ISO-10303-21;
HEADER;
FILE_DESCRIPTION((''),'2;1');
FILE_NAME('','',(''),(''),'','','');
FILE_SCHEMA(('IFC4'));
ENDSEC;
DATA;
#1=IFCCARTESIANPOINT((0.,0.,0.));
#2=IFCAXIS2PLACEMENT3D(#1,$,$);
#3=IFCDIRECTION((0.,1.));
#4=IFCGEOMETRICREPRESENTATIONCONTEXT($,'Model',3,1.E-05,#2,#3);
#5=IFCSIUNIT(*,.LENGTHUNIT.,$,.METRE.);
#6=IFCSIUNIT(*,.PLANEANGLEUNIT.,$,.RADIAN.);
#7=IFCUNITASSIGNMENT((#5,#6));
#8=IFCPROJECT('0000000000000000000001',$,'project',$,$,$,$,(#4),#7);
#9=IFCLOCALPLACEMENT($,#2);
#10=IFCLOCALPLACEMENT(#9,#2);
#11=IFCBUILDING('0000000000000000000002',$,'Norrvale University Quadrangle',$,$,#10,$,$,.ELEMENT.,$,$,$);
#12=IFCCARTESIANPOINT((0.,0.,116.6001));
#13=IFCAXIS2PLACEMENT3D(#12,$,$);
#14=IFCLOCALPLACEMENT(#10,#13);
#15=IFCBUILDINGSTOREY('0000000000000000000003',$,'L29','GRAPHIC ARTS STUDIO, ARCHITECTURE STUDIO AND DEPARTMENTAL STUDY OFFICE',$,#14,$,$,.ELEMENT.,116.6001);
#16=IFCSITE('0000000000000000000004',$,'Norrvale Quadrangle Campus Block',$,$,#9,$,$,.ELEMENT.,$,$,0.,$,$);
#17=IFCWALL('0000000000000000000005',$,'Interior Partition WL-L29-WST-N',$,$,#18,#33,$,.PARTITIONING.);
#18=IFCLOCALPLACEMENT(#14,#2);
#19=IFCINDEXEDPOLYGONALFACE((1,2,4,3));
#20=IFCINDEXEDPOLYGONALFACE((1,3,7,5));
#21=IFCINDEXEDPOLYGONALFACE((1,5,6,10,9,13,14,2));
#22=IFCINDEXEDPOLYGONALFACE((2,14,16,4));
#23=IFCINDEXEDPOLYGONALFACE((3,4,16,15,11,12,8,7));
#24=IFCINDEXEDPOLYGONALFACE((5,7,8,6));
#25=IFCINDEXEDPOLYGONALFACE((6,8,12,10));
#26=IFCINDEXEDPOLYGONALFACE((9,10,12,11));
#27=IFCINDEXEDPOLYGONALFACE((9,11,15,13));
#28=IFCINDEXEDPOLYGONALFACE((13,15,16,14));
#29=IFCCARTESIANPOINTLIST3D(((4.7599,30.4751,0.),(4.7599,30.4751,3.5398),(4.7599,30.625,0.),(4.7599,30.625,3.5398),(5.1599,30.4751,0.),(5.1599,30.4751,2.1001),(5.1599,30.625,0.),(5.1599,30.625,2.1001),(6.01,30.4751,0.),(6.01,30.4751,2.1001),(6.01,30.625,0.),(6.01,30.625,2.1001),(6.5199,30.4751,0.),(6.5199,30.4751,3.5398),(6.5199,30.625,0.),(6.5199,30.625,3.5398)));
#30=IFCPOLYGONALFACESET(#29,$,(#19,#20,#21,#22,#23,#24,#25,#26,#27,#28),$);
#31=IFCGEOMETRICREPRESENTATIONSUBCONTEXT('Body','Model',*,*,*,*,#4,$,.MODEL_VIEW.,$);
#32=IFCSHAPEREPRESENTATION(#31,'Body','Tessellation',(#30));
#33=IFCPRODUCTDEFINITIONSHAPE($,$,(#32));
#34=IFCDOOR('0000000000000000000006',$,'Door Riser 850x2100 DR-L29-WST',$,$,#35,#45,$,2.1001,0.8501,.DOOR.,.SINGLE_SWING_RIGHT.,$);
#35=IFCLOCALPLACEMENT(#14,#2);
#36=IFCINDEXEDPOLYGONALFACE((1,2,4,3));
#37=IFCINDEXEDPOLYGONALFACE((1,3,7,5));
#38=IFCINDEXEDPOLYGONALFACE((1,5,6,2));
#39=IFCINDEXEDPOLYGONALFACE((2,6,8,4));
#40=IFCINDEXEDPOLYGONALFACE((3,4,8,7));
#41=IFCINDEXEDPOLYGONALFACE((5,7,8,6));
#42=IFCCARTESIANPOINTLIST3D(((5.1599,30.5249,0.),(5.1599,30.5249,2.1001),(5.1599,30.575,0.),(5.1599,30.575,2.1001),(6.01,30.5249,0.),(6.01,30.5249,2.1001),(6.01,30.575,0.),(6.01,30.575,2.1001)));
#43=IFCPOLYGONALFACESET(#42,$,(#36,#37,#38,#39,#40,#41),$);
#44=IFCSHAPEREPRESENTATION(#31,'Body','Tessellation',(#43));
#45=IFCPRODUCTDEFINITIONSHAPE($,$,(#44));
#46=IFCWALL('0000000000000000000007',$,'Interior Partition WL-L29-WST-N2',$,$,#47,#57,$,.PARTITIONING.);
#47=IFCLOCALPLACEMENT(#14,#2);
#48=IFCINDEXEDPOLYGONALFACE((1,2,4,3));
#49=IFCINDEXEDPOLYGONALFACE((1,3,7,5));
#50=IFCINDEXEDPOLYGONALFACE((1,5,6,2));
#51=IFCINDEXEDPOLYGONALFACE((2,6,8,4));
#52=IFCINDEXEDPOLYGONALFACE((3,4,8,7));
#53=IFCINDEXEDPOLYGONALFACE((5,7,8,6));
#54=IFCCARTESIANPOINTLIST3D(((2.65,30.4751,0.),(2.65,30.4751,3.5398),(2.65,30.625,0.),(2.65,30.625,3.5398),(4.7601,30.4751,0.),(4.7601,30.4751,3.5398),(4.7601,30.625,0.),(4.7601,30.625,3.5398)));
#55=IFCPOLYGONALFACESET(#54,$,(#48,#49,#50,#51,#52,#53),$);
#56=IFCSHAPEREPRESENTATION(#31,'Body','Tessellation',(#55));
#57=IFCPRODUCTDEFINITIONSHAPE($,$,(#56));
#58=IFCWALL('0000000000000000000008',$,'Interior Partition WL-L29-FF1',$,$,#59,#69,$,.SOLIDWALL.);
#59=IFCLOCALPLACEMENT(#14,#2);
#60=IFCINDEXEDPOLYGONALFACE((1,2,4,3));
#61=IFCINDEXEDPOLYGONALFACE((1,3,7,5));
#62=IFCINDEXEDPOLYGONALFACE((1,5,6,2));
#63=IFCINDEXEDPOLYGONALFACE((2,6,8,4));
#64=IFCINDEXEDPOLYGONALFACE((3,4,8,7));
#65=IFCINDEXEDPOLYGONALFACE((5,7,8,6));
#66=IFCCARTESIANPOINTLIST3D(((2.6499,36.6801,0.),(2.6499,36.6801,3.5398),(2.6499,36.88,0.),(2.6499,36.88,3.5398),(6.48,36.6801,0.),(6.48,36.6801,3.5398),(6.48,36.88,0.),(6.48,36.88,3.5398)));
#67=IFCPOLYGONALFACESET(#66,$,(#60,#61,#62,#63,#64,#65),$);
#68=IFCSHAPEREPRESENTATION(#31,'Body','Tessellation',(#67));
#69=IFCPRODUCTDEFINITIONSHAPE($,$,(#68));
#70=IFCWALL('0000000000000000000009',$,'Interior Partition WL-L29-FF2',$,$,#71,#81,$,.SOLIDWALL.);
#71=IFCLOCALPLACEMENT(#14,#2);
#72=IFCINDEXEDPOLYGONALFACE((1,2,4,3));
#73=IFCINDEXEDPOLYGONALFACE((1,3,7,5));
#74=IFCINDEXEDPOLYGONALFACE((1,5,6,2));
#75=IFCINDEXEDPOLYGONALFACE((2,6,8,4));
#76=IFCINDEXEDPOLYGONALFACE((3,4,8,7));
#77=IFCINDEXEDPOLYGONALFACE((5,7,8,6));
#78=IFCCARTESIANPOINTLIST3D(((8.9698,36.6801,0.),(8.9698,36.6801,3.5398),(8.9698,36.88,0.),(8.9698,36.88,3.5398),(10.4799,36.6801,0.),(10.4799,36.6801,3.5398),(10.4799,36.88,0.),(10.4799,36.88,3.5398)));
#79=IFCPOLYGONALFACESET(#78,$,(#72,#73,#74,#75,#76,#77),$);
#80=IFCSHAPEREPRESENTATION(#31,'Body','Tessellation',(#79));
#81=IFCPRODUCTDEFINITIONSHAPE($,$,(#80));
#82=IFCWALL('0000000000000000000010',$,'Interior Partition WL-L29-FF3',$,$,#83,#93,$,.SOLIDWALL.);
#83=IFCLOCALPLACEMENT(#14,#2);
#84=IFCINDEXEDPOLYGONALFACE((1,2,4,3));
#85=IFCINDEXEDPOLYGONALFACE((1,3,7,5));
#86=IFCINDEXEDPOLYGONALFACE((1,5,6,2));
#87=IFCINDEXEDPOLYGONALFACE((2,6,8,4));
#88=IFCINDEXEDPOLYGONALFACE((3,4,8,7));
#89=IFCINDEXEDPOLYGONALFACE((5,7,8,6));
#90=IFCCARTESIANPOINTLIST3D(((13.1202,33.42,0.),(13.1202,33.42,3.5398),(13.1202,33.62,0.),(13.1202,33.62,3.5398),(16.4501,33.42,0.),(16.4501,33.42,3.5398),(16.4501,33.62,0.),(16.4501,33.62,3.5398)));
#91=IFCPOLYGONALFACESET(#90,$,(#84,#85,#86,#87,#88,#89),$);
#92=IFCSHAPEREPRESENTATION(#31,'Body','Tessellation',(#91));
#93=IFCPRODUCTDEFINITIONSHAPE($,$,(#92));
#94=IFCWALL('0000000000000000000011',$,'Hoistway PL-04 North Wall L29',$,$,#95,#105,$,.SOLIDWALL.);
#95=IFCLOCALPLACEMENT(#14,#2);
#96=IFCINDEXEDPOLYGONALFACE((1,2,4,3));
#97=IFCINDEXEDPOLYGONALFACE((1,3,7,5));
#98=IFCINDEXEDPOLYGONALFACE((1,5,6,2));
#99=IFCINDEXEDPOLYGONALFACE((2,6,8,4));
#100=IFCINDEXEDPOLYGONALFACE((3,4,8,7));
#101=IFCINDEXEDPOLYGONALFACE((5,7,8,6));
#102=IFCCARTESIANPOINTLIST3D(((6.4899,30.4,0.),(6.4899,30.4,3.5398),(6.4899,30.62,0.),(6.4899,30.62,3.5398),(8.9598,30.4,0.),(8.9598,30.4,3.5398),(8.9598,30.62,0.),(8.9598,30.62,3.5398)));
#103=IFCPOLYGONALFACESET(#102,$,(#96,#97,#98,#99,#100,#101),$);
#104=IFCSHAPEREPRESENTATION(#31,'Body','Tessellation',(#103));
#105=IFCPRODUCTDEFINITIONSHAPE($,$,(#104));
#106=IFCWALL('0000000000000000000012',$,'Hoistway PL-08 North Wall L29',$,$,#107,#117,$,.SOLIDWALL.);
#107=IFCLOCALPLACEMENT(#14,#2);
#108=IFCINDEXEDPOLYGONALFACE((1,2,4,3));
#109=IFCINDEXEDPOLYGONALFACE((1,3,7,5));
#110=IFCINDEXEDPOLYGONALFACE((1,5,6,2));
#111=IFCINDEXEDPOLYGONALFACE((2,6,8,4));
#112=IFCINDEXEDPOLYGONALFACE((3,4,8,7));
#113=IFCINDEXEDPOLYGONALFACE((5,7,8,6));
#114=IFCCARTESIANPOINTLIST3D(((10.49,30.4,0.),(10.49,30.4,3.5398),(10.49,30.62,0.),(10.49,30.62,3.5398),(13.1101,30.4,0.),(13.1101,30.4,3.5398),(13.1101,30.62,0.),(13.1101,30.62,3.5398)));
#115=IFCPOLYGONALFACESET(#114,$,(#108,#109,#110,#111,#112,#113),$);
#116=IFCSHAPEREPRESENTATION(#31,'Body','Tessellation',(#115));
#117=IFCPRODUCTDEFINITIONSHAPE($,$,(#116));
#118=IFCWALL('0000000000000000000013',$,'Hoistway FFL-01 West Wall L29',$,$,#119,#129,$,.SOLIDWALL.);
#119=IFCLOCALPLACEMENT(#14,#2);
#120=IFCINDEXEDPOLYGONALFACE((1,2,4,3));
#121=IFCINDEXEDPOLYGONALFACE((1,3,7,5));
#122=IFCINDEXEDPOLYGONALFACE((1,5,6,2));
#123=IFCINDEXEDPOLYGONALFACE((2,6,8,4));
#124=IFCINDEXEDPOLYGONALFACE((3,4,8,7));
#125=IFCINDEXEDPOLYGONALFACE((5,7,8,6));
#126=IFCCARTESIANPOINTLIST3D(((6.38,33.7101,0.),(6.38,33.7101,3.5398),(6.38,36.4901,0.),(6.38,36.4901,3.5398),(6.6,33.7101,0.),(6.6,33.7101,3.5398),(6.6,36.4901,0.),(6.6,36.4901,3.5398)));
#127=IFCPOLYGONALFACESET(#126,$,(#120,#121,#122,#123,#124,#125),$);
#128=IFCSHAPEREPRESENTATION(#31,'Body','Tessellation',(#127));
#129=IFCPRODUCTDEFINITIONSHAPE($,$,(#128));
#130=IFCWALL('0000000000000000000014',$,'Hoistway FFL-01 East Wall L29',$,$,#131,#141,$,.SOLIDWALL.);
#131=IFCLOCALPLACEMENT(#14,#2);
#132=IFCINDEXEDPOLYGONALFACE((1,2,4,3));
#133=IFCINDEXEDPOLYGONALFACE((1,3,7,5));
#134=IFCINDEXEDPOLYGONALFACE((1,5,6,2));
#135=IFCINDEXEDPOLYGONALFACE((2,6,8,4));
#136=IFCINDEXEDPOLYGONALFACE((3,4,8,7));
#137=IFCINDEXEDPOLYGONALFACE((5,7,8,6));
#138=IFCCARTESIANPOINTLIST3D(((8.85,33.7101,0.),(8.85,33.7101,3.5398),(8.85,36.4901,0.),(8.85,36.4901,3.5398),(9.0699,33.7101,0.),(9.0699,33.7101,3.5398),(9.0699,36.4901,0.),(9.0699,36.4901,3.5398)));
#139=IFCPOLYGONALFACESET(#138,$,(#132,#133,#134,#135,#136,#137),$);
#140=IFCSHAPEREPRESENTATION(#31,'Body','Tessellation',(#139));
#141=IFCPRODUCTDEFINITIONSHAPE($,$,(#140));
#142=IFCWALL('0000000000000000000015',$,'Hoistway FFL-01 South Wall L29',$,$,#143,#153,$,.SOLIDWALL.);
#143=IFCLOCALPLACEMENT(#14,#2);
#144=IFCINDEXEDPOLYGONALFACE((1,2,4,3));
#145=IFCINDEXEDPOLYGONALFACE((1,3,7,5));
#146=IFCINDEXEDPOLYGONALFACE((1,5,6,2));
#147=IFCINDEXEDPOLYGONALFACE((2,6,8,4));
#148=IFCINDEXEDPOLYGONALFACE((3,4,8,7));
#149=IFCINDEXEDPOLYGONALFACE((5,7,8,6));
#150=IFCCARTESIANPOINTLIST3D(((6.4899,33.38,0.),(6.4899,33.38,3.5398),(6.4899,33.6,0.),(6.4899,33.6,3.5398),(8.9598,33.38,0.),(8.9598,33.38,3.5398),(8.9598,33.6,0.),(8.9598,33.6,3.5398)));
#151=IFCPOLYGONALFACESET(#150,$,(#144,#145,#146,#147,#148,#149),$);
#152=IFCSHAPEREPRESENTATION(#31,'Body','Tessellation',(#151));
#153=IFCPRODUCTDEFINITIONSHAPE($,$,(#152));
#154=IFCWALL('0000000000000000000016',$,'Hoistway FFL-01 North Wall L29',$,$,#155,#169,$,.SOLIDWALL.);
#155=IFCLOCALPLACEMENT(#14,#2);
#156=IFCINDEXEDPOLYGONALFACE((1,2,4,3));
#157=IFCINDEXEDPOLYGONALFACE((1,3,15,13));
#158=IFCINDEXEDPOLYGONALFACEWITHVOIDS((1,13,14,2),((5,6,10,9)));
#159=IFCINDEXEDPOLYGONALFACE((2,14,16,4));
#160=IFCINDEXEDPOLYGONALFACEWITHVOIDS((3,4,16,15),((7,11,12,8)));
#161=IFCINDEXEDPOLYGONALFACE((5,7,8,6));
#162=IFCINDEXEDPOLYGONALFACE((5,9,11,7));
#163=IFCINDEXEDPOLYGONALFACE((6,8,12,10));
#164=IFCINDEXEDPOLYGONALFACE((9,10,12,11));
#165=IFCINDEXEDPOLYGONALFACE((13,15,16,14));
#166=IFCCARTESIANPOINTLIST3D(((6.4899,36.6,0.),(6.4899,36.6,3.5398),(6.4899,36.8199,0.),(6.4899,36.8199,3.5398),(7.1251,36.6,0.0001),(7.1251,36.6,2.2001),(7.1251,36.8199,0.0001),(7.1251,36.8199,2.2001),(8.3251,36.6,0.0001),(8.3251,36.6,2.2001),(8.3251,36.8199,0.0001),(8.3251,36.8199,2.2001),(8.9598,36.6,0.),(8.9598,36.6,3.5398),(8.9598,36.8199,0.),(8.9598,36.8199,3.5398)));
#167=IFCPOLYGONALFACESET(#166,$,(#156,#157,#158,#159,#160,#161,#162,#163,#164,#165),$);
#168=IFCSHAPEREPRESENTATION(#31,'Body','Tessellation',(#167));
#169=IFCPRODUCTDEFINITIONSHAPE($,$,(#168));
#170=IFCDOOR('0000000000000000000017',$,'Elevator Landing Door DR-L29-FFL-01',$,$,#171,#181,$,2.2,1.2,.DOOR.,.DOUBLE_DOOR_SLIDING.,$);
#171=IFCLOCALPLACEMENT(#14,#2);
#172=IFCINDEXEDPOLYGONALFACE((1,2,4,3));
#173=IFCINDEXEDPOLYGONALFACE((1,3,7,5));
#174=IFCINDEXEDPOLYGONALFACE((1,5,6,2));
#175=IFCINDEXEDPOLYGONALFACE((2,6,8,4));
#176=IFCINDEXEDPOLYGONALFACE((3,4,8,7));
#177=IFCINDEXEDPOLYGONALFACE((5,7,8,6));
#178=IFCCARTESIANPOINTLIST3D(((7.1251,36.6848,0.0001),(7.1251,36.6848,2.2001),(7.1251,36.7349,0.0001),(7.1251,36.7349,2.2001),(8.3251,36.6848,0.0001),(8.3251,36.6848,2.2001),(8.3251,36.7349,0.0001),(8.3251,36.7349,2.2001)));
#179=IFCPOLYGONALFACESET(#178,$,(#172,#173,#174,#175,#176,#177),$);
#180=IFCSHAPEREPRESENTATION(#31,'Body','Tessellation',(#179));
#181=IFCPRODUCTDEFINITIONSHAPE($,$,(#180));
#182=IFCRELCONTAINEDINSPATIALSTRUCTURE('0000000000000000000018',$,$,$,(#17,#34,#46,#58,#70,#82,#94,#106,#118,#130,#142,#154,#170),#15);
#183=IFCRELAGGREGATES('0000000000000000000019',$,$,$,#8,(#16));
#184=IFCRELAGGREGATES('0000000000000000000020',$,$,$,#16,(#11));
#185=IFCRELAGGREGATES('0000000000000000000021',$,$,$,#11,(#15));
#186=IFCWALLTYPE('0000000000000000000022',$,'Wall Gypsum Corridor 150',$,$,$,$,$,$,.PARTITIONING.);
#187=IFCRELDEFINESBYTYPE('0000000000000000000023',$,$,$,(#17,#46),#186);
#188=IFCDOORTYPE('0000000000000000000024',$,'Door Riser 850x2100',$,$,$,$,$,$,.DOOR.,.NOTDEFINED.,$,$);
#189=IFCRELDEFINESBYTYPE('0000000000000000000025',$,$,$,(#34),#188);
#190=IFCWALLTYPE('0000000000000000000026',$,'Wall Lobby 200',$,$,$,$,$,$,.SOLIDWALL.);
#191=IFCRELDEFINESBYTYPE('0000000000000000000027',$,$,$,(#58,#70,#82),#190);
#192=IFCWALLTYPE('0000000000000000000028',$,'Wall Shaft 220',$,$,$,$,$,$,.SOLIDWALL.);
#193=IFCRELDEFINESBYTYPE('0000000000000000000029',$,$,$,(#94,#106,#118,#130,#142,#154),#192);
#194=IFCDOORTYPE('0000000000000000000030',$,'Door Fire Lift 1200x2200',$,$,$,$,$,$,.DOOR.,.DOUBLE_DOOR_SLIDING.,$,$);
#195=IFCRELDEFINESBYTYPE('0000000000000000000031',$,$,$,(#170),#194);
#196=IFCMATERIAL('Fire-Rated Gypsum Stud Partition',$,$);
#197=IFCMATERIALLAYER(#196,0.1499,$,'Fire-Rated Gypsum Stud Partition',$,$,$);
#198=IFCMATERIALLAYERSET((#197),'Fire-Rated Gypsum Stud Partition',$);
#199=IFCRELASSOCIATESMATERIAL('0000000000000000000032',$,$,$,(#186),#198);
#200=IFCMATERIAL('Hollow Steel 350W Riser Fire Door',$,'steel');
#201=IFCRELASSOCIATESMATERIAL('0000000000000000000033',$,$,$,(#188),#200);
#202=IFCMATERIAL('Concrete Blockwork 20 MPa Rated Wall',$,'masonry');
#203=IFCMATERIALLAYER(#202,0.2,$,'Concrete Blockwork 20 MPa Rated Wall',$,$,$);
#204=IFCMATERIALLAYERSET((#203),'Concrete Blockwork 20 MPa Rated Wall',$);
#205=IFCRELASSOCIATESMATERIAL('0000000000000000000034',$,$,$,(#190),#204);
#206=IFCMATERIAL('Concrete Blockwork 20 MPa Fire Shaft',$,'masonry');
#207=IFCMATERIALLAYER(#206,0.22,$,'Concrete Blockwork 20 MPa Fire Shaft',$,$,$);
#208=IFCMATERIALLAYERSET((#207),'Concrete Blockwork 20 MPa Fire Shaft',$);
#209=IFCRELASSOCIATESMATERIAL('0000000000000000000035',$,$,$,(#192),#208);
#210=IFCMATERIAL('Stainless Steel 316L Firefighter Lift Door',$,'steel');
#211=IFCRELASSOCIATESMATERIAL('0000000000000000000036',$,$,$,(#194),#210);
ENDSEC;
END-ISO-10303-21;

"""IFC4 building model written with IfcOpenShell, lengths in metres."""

from ifc_helpers import new_model, si_unit, direction, frame, frame_2d, origin, place, context, subcontext, project, spatial, rectangle, extrude, material, layer, layer_set, type_object, element, fill, save


model = new_model("IFC4")

# Units and contexts
model_context = context("Model", 3, precision=1e-05, world=origin(), true_north=direction((0.0, 1.0)))
body_context = subcontext(model_context, "Body", "Model", "MODEL_VIEW")
ifc_project = project(units=[si_unit("LENGTHUNIT", "METRE"), si_unit("PLANEANGLEUNIT", "RADIAN")], contexts=[model_context])

# Site, building, storey
site_placement = place(None, origin())
site = spatial("IfcSite", under=ifc_project, at=site_placement, Name="Norrvale Quadrangle Campus Block", CompositionType="ELEMENT", RefElevation=0.0)
building_placement = place(site_placement, origin())
building = spatial("IfcBuilding", under=site, at=building_placement, Name="Norrvale University Quadrangle", CompositionType="ELEMENT")
storey_placement = place(building_placement, frame((0.0, 0.0, 116.6001)))
storey = spatial("IfcBuildingStorey", under=building, at=storey_placement, Name="L29", Description="GRAPHIC ARTS STUDIO, ARCHITECTURE STUDIO AND DEPARTMENTAL STUDY OFFICE", CompositionType="ELEMENT", Elevation=116.6001)

# Shared definitions
ifc_material_1 = material(Name="Fire-Rated Gypsum Stud Partition")
ifc_layer_1 = layer(ifc_material_1, 0.1499, Name="Fire-Rated Gypsum Stud Partition")
ifc_layer_set_1 = layer_set([ifc_layer_1], Name="Fire-Rated Gypsum Stud Partition")
wall_type_1 = type_object("IfcWallType", Name="Wall Gypsum Corridor 150", PredefinedType="PARTITIONING", material=ifc_layer_set_1)

# Wall, opening, door
ifc_material_2 = material(Name="Hollow Steel 350W Riser Fire Door", Category="steel")
door_type_1 = type_object("IfcDoorType", Name="Door Riser 850x2100", OperationType="NOTDEFINED", PredefinedType="DOOR", material=ifc_material_2)
wall_1_placement = place(storey_placement, frame((4.76, 30.55, 0.0), z_axis=(0.0, 0.0, 1.0), x_axis=(1.0, 0.0, 0.0)))
wall_1 = element("IfcWall", 1, at=wall_1_placement, inside=storey, type_object=wall_type_1, Name="Interior Partition WL-L29-WST-N", PredefinedType="PARTITIONING", context=body_context, shape_type="SweptSolid", body=[
    extrude(rectangle(XDim=1.76, YDim=0.1499, at=frame_2d((0.8799, 0.0))), origin(), (0.0, 0.0, 1.0), 3.5398),
])
opening_1_placement = place(wall_1_placement, frame((0.3999, 0.0, 0.0)))
opening_1 = element("IfcOpeningElement", 2, at=opening_1_placement, cuts=wall_1, PredefinedType="OPENING", context=body_context, shape_type="SweptSolid", body=[
    extrude(rectangle(XDim=0.8501, YDim=2.1001, at=frame_2d((0.425, 1.05))), frame((0.0, 0.0869, 0.0), z_axis=(0.0, -1.0, 0.0), x_axis=(1.0, 0.0, 0.0)), (0.0, 0.0, 1.0), 0.1738),
])
door_1_placement = place(opening_1_placement, origin())
door_1 = element("IfcDoor", 3, at=door_1_placement, inside=storey, type_object=door_type_1, Name="Door Riser 850x2100 DR-L29-WST", OperationType="SINGLE_SWING_RIGHT", OverallHeight=2.1001, OverallWidth=0.8501, PredefinedType="DOOR", context=body_context, shape_type="SweptSolid", body=[
    extrude(rectangle(XDim=0.8501, YDim=2.1001, at=frame_2d((0.425, 1.05))), frame((0.0, 0.0249, 0.0), z_axis=(0.0, -1.0, 0.0), x_axis=(1.0, 0.0, 0.0)), (0.0, 0.0, 1.0), 0.05),
])
fill(opening_1, door_1)

# Walls
wall_2_placement = place(storey_placement, frame((2.6499, 30.55, 0.0), z_axis=(0.0, 0.0, 1.0), x_axis=(1.0, 0.0, 0.0)))
element("IfcWall", 4, at=wall_2_placement, inside=storey, type_object=wall_type_1, Name="Interior Partition WL-L29-WST-N2", PredefinedType="PARTITIONING", context=body_context, shape_type="SweptSolid", body=[
    extrude(rectangle(XDim=2.1101, YDim=0.1499, at=frame_2d((1.0552, 0.0))), origin(), (0.0, 0.0, 1.0), 3.5398),
])
ifc_material_3 = material(Name="Concrete Blockwork 20 MPa Rated Wall", Category="masonry")
ifc_layer_2 = layer(ifc_material_3, 0.2, Name="Concrete Blockwork 20 MPa Rated Wall")
ifc_layer_set_2 = layer_set([ifc_layer_2], Name="Concrete Blockwork 20 MPa Rated Wall")
wall_type_2 = type_object("IfcWallType", Name="Wall Lobby 200", PredefinedType="SOLIDWALL", material=ifc_layer_set_2)
wall_3_placement = place(storey_placement, frame((2.6499, 36.78, 0.0), z_axis=(0.0, 0.0, 1.0), x_axis=(1.0, 0.0, 0.0)))
element("IfcWall", 5, at=wall_3_placement, inside=storey, type_object=wall_type_2, Name="Interior Partition WL-L29-FF1", PredefinedType="SOLIDWALL", context=body_context, shape_type="SweptSolid", body=[
    extrude(rectangle(XDim=3.8301, YDim=0.2, at=frame_2d((1.915, 0.0))), origin(), (0.0, 0.0, 1.0), 3.5398),
])
wall_4_placement = place(storey_placement, frame((8.97, 36.78, 0.0), z_axis=(0.0, 0.0, 1.0), x_axis=(1.0, 0.0, 0.0)))
element("IfcWall", 6, at=wall_4_placement, inside=storey, type_object=wall_type_2, Name="Interior Partition WL-L29-FF2", PredefinedType="SOLIDWALL", context=body_context, shape_type="SweptSolid", body=[
    extrude(rectangle(XDim=1.51, YDim=0.2, at=frame_2d((0.7549, 0.0))), origin(), (0.0, 0.0, 1.0), 3.5398),
])
wall_5_placement = place(storey_placement, frame((13.1201, 33.52, 0.0), z_axis=(0.0, 0.0, 1.0), x_axis=(1.0, 0.0, 0.0)))
element("IfcWall", 7, at=wall_5_placement, inside=storey, type_object=wall_type_2, Name="Interior Partition WL-L29-FF3", PredefinedType="SOLIDWALL", context=body_context, shape_type="SweptSolid", body=[
    extrude(rectangle(XDim=3.3298, YDim=0.2, at=frame_2d((1.665, 0.0))), origin(), (0.0, 0.0, 1.0), 3.5398),
])
ifc_material_4 = material(Name="Concrete Blockwork 20 MPa Fire Shaft", Category="masonry")
ifc_layer_3 = layer(ifc_material_4, 0.22, Name="Concrete Blockwork 20 MPa Fire Shaft")
ifc_layer_set_3 = layer_set([ifc_layer_3], Name="Concrete Blockwork 20 MPa Fire Shaft")
wall_type_3 = type_object("IfcWallType", Name="Wall Shaft 220", PredefinedType="SOLIDWALL", material=ifc_layer_set_3)
wall_6_placement = place(storey_placement, frame((6.49, 30.51, 0.0), z_axis=(0.0, 0.0, 1.0), x_axis=(1.0, 0.0, 0.0)))
element("IfcWall", 8, at=wall_6_placement, inside=storey, type_object=wall_type_3, Name="Hoistway PL-04 North Wall L29", PredefinedType="SOLIDWALL", context=body_context, shape_type="SweptSolid", body=[
    extrude(rectangle(XDim=2.47, YDim=0.22, at=frame_2d((1.2349, 0.0))), origin(), (0.0, 0.0, 1.0), 3.5398),
])
wall_7_placement = place(storey_placement, frame((10.49, 30.51, 0.0), z_axis=(0.0, 0.0, 1.0), x_axis=(1.0, 0.0, 0.0)))
element("IfcWall", 9, at=wall_7_placement, inside=storey, type_object=wall_type_3, Name="Hoistway PL-08 North Wall L29", PredefinedType="SOLIDWALL", context=body_context, shape_type="SweptSolid", body=[
    extrude(rectangle(XDim=2.6201, YDim=0.22, at=frame_2d((1.3101, 0.0))), origin(), (0.0, 0.0, 1.0), 3.5398),
])
for number, where, z_axis, x_axis, name in (
    (10, (6.49, 33.71, 0.0), (0.0, 0.0, 1.0), (0.0, 1.0, 0.0), "Hoistway FFL-01 West Wall L29"),
    (11, (8.96, 33.71, 0.0), (0.0, 0.0, 1.0), (0.0, 1.0, 0.0), "Hoistway FFL-01 East Wall L29"),
):
    element("IfcWall", number, at=place(storey_placement, frame(where, z_axis=z_axis, x_axis=x_axis)), inside=storey, type_object=wall_type_3, Name=name, PredefinedType="SOLIDWALL", context=body_context, shape_type="SweptSolid", body=[
        extrude(rectangle(XDim=2.78, YDim=0.22, at=frame_2d((1.3901, 0.0))), origin(), (0.0, 0.0, 1.0), 3.5398),
    ])
wall_8_placement = place(storey_placement, frame((6.49, 33.49, 0.0), z_axis=(0.0, 0.0, 1.0), x_axis=(1.0, 0.0, 0.0)))
element("IfcWall", 12, at=wall_8_placement, inside=storey, type_object=wall_type_3, Name="Hoistway FFL-01 South Wall L29", PredefinedType="SOLIDWALL", context=body_context, shape_type="SweptSolid", body=[
    extrude(rectangle(XDim=2.47, YDim=0.22, at=frame_2d((1.2349, 0.0))), origin(), (0.0, 0.0, 1.0), 3.5398),
])

# Wall, opening, door
wall_9_placement = place(storey_placement, frame((6.49, 36.71, 0.0), z_axis=(0.0, 0.0, 1.0), x_axis=(1.0, 0.0, 0.0)))
wall_9 = element("IfcWall", 13, at=wall_9_placement, inside=storey, type_object=wall_type_3, Name="Hoistway FFL-01 North Wall L29", PredefinedType="SOLIDWALL", context=body_context, shape_type="SweptSolid", body=[
    extrude(rectangle(XDim=2.47, YDim=0.22, at=frame_2d((1.2349, 0.0))), origin(), (0.0, 0.0, 1.0), 3.5398),
])
opening_2_placement = place(wall_9_placement, frame((0.635, 0.0, 0.0)))
opening_2 = element("IfcOpeningElement", 14, at=opening_2_placement, cuts=wall_9, PredefinedType="OPENING", context=body_context, shape_type="SweptSolid", body=[
    extrude(rectangle(XDim=1.2, YDim=2.2, at=frame_2d((0.6001, 1.1001))), frame((0.0, 0.1221, 0.0), z_axis=(0.0, -1.0, 0.0), x_axis=(1.0, 0.0, 0.0)), (0.0, 0.0, 1.0), 0.2439),
])
ifc_material_5 = material(Name="Stainless Steel 316L Firefighter Lift Door", Category="steel")
door_type_2 = type_object("IfcDoorType", Name="Door Fire Lift 1200x2200", OperationType="DOUBLE_DOOR_SLIDING", PredefinedType="DOOR", material=ifc_material_5)
door_2_placement = place(opening_2_placement, origin())
door_2 = element("IfcDoor", 15, at=door_2_placement, inside=storey, type_object=door_type_2, Name="Elevator Landing Door DR-L29-FFL-01", OperationType="DOUBLE_DOOR_SLIDING", OverallHeight=2.2, OverallWidth=1.2, PredefinedType="DOOR", context=body_context, shape_type="SweptSolid", body=[
    extrude(rectangle(XDim=1.2, YDim=2.2, at=frame_2d((0.6001, 1.1001))), frame((0.0, 0.0249, 0.0), z_axis=(0.0, -1.0, 0.0), x_axis=(1.0, 0.0, 0.0)), (0.0, 0.0, 1.0), 0.05),
])
fill(opening_2, door_2)

save(model, "model.ifc")
